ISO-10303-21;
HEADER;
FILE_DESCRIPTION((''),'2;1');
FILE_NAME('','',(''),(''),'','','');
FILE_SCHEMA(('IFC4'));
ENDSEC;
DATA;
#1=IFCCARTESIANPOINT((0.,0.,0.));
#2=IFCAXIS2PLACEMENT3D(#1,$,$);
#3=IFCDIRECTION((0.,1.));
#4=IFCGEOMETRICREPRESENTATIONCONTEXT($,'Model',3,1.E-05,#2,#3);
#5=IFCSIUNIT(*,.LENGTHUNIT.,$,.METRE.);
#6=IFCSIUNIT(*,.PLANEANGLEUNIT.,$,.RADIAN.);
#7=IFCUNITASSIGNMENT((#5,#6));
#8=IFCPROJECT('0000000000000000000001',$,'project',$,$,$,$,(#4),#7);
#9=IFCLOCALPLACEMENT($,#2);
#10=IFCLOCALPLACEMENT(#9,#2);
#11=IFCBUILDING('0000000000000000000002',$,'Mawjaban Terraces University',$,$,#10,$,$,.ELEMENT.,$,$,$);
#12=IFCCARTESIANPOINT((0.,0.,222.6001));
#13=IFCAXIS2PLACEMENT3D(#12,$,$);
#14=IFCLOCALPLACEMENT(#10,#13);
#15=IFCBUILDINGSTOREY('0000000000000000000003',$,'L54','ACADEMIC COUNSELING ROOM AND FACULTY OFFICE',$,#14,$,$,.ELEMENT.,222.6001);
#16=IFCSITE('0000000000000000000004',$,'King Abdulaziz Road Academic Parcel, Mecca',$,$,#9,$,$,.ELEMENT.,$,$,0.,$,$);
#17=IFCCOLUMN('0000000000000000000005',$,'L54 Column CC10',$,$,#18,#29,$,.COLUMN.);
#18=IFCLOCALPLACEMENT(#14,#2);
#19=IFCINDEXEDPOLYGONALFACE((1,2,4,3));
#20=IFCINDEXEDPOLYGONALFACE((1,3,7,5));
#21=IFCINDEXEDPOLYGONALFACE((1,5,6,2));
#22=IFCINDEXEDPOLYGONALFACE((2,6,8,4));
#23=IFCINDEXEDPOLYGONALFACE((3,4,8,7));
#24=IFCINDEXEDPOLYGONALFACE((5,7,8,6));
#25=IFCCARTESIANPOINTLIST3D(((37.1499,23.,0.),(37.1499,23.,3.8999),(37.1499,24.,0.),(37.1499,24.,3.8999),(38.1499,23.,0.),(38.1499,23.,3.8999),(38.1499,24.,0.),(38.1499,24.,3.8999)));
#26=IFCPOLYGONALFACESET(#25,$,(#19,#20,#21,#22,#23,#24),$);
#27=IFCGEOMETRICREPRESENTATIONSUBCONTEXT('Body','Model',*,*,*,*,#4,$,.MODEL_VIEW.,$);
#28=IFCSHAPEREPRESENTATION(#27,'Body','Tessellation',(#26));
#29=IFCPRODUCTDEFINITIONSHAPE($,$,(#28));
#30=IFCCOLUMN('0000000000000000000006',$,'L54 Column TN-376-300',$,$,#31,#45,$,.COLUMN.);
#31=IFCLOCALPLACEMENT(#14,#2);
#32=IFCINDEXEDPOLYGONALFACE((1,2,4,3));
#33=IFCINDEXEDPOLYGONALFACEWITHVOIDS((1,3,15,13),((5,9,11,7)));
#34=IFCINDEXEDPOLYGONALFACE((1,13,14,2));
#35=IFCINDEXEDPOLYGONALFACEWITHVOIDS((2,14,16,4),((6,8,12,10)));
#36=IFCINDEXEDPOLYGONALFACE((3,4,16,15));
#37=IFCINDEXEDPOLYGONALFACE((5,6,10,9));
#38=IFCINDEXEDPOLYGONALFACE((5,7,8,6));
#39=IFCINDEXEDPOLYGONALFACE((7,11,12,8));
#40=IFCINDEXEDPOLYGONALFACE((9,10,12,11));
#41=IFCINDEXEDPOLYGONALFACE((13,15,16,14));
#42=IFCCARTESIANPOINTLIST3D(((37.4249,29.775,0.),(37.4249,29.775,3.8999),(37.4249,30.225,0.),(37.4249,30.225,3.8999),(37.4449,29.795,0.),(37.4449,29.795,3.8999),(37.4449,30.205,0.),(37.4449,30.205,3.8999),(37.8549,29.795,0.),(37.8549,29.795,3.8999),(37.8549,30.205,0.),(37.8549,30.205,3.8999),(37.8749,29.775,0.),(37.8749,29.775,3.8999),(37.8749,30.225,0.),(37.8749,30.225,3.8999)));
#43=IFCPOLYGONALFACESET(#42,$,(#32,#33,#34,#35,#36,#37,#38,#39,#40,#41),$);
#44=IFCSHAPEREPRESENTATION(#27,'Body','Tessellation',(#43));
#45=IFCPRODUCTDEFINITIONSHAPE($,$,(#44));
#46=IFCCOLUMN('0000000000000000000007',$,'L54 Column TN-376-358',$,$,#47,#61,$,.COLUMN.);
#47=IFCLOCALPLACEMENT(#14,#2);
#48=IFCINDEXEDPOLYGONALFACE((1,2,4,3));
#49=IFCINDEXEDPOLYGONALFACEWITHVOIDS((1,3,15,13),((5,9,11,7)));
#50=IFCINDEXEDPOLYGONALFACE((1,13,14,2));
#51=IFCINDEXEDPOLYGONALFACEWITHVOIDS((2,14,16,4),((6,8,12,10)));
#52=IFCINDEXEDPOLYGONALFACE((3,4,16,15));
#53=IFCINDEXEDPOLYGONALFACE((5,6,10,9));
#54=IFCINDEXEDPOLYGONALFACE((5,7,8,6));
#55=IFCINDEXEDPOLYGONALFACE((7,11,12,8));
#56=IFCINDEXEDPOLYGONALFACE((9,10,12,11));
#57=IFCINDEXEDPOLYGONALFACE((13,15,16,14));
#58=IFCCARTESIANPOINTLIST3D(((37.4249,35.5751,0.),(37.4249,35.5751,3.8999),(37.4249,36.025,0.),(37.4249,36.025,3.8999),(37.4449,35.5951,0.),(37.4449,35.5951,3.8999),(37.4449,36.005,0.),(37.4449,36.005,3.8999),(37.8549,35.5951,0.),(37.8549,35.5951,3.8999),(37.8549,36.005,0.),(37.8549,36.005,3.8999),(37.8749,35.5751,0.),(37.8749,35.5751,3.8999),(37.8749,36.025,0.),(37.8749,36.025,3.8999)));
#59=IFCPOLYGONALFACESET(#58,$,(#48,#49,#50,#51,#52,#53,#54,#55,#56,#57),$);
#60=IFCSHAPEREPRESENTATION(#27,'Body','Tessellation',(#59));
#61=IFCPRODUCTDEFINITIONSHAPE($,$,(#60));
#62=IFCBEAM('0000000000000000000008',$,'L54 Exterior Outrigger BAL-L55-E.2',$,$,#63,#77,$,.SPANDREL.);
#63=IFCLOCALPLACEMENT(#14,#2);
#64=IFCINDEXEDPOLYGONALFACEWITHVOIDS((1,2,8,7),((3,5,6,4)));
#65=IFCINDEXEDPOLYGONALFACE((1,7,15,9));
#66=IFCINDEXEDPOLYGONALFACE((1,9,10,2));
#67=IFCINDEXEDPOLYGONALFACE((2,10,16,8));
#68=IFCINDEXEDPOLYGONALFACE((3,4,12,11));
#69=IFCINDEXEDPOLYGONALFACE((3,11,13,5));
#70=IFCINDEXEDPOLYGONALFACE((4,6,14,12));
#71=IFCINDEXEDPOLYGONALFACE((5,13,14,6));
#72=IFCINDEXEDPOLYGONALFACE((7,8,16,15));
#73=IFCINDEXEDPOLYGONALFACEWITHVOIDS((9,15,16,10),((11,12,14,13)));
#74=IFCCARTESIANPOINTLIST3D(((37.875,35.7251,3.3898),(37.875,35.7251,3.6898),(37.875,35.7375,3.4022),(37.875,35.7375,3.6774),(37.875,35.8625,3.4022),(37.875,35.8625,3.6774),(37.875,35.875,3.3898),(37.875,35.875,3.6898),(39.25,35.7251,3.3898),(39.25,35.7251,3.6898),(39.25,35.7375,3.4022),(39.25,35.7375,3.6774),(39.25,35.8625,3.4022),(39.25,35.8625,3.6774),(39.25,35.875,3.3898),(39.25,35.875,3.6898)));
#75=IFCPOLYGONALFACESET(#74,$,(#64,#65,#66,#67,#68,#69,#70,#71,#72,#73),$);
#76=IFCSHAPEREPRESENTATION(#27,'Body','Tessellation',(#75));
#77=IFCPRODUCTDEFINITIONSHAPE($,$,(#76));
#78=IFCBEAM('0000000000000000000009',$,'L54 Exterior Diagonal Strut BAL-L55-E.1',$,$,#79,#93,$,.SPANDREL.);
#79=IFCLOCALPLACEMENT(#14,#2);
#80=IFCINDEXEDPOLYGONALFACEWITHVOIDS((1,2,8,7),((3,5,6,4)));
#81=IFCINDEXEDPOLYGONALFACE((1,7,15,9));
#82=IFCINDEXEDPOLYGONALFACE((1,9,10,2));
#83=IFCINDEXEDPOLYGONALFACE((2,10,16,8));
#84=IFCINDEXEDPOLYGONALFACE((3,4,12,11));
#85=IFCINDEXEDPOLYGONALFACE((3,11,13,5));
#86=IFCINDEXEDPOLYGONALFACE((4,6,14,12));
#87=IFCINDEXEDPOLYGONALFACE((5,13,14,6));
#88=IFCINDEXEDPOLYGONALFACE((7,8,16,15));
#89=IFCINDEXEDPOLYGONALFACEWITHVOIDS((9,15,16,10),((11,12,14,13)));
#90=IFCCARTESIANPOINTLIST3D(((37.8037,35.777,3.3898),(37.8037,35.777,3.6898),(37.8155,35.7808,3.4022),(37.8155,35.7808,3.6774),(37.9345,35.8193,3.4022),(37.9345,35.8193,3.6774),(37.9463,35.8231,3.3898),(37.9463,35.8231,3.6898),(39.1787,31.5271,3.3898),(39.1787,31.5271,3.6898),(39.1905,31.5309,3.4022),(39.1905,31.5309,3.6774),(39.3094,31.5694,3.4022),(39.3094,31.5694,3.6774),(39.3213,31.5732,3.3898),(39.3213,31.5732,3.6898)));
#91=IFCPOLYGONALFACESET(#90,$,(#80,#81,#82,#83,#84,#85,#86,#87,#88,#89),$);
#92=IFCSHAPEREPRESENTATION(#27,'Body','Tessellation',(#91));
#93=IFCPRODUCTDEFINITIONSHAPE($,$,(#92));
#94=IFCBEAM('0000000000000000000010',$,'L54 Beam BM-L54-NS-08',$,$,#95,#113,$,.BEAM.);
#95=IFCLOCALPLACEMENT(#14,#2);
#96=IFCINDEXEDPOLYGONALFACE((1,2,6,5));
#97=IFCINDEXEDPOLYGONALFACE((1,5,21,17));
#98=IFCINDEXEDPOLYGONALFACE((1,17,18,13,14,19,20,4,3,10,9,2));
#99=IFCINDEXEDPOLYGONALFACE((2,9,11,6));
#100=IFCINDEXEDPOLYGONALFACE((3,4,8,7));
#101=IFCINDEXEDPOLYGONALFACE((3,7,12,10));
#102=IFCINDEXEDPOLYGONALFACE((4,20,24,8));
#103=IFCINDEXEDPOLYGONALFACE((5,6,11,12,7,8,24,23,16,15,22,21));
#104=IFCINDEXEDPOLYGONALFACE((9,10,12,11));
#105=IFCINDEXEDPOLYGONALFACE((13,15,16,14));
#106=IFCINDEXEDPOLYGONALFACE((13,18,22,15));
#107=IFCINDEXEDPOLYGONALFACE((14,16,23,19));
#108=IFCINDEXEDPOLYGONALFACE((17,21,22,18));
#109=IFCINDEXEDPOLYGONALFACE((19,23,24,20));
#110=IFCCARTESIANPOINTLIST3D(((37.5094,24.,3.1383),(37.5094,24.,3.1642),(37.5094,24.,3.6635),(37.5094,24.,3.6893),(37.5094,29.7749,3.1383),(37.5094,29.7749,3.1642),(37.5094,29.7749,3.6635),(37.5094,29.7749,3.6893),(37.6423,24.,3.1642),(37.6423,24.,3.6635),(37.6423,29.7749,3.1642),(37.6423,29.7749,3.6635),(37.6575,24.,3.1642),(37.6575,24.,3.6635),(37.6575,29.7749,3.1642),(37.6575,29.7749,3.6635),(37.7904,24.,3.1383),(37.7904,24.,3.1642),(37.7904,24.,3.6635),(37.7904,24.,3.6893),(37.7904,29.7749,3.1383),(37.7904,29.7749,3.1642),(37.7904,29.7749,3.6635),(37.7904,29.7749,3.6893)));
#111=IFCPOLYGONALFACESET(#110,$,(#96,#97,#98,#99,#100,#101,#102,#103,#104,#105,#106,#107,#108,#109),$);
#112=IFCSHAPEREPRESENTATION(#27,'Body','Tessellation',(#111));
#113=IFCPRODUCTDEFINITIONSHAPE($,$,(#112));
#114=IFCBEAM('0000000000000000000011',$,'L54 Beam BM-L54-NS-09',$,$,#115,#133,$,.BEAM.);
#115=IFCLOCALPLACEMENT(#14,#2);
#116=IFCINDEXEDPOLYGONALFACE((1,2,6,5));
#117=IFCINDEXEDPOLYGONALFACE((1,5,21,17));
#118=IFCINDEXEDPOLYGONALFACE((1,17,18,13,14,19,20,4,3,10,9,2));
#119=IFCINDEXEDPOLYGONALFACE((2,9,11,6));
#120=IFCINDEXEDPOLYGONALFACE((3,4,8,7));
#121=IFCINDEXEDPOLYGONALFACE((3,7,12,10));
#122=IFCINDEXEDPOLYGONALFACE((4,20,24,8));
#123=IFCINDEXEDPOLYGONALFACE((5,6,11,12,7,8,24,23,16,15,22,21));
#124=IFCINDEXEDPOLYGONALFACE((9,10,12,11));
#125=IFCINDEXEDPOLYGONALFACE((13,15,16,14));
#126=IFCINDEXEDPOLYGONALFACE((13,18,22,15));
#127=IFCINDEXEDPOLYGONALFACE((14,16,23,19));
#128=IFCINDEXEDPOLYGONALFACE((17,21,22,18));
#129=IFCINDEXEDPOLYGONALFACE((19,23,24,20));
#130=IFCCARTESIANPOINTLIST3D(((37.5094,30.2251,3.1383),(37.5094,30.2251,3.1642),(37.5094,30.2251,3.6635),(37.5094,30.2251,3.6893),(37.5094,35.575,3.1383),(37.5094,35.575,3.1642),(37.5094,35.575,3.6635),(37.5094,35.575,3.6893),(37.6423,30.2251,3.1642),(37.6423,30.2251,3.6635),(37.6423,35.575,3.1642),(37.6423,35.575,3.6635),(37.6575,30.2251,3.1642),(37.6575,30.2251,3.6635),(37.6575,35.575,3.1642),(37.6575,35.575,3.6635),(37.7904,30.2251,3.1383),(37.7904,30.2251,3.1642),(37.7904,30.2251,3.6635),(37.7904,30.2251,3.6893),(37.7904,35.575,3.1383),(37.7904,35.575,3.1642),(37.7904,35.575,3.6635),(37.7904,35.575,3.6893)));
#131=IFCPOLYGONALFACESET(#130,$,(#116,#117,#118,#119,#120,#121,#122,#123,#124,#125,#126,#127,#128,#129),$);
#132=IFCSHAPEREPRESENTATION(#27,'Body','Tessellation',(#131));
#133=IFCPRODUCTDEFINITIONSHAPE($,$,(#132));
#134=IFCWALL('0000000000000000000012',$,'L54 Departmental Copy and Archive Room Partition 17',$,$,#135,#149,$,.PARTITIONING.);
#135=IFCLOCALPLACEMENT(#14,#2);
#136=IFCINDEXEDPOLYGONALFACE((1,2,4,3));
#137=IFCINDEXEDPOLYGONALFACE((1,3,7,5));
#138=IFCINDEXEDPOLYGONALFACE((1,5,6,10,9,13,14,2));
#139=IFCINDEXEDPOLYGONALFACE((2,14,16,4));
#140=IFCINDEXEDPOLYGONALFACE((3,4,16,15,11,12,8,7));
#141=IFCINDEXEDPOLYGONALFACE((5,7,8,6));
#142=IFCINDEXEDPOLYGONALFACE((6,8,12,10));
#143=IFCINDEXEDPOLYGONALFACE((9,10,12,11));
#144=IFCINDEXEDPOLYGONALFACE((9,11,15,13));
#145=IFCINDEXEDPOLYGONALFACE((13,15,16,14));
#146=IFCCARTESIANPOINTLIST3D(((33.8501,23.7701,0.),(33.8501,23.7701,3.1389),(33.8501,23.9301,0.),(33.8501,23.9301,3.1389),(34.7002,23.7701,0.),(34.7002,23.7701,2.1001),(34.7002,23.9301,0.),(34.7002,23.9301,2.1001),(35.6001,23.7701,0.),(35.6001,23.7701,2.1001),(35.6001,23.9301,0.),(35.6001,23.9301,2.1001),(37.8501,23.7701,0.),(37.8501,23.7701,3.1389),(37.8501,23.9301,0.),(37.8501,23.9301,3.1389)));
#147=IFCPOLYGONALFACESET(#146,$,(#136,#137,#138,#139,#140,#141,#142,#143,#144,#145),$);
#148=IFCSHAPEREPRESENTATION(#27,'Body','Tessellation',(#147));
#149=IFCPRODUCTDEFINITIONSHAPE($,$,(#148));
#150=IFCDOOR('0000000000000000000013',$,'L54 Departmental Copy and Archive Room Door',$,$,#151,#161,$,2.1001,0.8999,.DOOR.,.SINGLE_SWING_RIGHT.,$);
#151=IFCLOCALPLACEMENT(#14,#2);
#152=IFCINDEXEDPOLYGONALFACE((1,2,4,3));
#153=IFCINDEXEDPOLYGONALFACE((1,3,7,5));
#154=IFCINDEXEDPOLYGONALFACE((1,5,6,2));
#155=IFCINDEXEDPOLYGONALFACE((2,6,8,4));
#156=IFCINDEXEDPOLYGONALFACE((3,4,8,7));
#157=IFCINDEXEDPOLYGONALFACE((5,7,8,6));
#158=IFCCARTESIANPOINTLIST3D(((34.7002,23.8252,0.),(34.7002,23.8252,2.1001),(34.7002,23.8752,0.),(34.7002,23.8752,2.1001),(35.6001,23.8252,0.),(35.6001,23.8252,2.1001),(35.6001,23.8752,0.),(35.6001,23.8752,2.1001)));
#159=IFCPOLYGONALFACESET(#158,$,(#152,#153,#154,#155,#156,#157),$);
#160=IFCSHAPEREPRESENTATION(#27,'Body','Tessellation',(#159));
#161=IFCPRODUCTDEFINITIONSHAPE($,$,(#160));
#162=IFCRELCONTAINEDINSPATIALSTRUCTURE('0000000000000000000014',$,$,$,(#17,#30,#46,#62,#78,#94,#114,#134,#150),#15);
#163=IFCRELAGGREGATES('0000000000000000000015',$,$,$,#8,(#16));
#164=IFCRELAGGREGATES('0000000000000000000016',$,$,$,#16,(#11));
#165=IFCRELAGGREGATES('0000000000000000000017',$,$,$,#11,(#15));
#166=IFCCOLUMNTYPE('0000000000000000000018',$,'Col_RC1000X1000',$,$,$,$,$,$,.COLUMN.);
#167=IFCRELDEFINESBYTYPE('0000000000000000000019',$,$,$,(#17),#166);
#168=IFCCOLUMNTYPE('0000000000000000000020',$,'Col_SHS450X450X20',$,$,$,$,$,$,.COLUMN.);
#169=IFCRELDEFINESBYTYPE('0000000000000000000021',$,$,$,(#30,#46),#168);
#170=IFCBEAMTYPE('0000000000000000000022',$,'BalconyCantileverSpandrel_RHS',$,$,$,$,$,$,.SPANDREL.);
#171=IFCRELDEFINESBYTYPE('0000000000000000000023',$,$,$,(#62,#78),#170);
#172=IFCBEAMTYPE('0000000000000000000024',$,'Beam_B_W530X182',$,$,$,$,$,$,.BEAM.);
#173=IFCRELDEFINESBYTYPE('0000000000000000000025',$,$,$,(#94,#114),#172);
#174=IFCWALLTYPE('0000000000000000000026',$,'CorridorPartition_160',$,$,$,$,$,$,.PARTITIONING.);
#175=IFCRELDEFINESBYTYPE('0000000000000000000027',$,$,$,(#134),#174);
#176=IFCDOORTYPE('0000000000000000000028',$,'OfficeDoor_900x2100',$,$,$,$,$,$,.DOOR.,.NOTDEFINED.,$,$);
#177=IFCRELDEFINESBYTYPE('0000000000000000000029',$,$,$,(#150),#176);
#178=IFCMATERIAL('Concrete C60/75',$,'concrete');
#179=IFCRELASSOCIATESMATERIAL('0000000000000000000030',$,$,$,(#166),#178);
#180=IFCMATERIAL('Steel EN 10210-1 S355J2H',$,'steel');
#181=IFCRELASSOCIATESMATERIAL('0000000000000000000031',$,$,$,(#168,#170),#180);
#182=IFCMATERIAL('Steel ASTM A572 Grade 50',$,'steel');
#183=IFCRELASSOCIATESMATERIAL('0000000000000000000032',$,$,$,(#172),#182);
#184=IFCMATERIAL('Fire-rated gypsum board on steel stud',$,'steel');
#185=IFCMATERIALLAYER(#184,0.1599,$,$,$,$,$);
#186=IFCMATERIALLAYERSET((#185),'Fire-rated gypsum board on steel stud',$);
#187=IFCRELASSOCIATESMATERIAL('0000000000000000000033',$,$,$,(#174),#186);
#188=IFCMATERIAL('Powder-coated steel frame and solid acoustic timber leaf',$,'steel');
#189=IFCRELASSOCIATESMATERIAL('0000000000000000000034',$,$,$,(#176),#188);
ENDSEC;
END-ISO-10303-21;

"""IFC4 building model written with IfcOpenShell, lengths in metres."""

from ifc_helpers import new_model, si_unit, direction, frame, frame_2d, origin, origin_2d, place, context, subcontext, project, spatial, rectangle, hollow_rectangle, i_section, extrude, material, layer, layer_set, material_profile, profile_set, type_object, element, fill, save


model = new_model("IFC4")

# Units and contexts
model_context = context("Model", 3, precision=1e-05, world=origin(), true_north=direction((0.0, 1.0)))
body_context = subcontext(model_context, "Body", "Model", "MODEL_VIEW")
ifc_project = project(units=[si_unit("LENGTHUNIT", "METRE"), si_unit("PLANEANGLEUNIT", "RADIAN")], contexts=[model_context])

# Site, building, storey
site_placement = place(None, origin())
site = spatial("IfcSite", under=ifc_project, at=site_placement, Name="King Abdulaziz Road Academic Parcel, Mecca", CompositionType="ELEMENT", RefElevation=0.0)
building_placement = place(site_placement, origin())
building = spatial("IfcBuilding", under=site, at=building_placement, Name="Mawjaban Terraces University", CompositionType="ELEMENT")
storey_placement = place(building_placement, frame((0.0, 0.0, 222.6001)))
storey = spatial("IfcBuildingStorey", under=building, at=storey_placement, Name="L54", Description="ACADEMIC COUNSELING ROOM AND FACULTY OFFICE", CompositionType="ELEMENT", Elevation=222.6001)

# Columns
ifc_material_1 = material(Name="Concrete C60/75", Category="concrete")
ifc_material_profile_1 = material_profile(ifc_material_1, rectangle(XDim=1.0, YDim=1.0, at=origin_2d()), Name="RC1000X1000")
ifc_profile_set_1 = profile_set([ifc_material_profile_1], Name="Concrete C60/75")
column_type_1 = type_object("IfcColumnType", Name="Col_RC1000X1000", PredefinedType="COLUMN", material=ifc_profile_set_1)
column_placement = place(storey_placement, frame((37.6499, 23.5, 0.0), z_axis=(0.0, 0.0, 1.0), x_axis=(1.0, 0.0, 0.0)))
element("IfcColumn", 1, at=column_placement, inside=storey, type_object=column_type_1, Name="L54 Column CC10", PredefinedType="COLUMN", context=body_context, shape_type="SweptSolid", body=[
    extrude(rectangle(XDim=1.0, YDim=1.0, at=origin_2d()), origin(), (0.0, 0.0, 1.0), 3.8999),
])
ifc_material_2 = material(Name="Steel EN 10210-1 S355J2H", Category="steel")
ifc_material_profile_2 = material_profile(ifc_material_2, hollow_rectangle(XDim=0.45, YDim=0.45, WallThickness=0.02, at=origin_2d()), Name="SHS450X450X20")
ifc_profile_set_2 = profile_set([ifc_material_profile_2], Name="Steel EN 10210-1 S355J2H")
column_type_2 = type_object("IfcColumnType", Name="Col_SHS450X450X20", PredefinedType="COLUMN", material=ifc_profile_set_2)
for number, where, z_axis, x_axis, name in (
    (2, (37.6499, 30.0, 0.0), (0.0, 0.0, 1.0), (1.0, 0.0, 0.0), "L54 Column TN-376-300"),
    (3, (37.6499, 35.8, 0.0), (0.0, 0.0, 1.0), (1.0, 0.0, 0.0), "L54 Column TN-376-358"),
):
    element("IfcColumn", number, at=place(storey_placement, frame(where, z_axis=z_axis, x_axis=x_axis)), inside=storey, type_object=column_type_2, Name=name, PredefinedType="COLUMN", context=body_context, shape_type="SweptSolid", body=[
        extrude(hollow_rectangle(XDim=0.45, YDim=0.45, WallThickness=0.02, at=origin_2d()), origin(), (0.0, 0.0, 1.0), 3.8999),
    ])

# Beams
ifc_material_profile_3 = material_profile(ifc_material_2, hollow_rectangle(XDim=0.1499, YDim=0.3, WallThickness=0.0125, at=origin_2d()), Name="RHS300X150X12.5")
ifc_profile_set_3 = profile_set([ifc_material_profile_3], Name="Steel EN 10210-1 S355J2H")
beam_type_1 = type_object("IfcBeamType", Name="BalconyCantileverSpandrel_RHS", PredefinedType="SPANDREL", material=ifc_profile_set_3)
beam_1_placement = place(storey_placement, frame((37.875, 35.8, 3.5398), z_axis=(1.0, 0.0, 0.0), x_axis=(0.0, 1.0, 0.0)))
element("IfcBeam", 4, at=beam_1_placement, inside=storey, type_object=beam_type_1, Name="L54 Exterior Outrigger BAL-L55-E.2", PredefinedType="SPANDREL", context=body_context, shape_type="SweptSolid", body=[
    extrude(hollow_rectangle(XDim=0.1499, YDim=0.3, WallThickness=0.0125, at=origin_2d()), origin(), (0.0, 0.0, 1.0), 1.375),
])
beam_2_placement = place(storey_placement, frame((37.875, 35.8, 3.5398), z_axis=(0.30782, -0.951445, 0.0), x_axis=(0.951445, 0.30782, 0.0)))
element("IfcBeam", 5, at=beam_2_placement, inside=storey, type_object=beam_type_1, Name="L54 Exterior Diagonal Strut BAL-L55-E.1", PredefinedType="SPANDREL", context=body_context, shape_type="SweptSolid", body=[
    extrude(hollow_rectangle(XDim=0.1499, YDim=0.3, WallThickness=0.0125, at=origin_2d()), origin(), (0.0, 0.0, 1.0), 4.4668),
])
ifc_material_3 = material(Name="Steel ASTM A572 Grade 50", Category="steel")
ifc_material_profile_4 = material_profile(ifc_material_3, i_section(OverallWidth=0.281, OverallDepth=0.551, WebThickness=0.0151, FlangeThickness=0.0259, at=origin_2d()), Name="W530X182")
ifc_profile_set_4 = profile_set([ifc_material_profile_4], Name="Steel ASTM A572 Grade 50")
beam_type_2 = type_object("IfcBeamType", Name="Beam_B_W530X182", PredefinedType="BEAM", material=ifc_profile_set_4)
beam_3_placement = place(storey_placement, frame((37.6499, 24.0, 3.4138), z_axis=(0.0, 1.0, 0.0), x_axis=(-1.0, 0.0, 0.0)))
element("IfcBeam", 6, at=beam_3_placement, inside=storey, type_object=beam_type_2, Name="L54 Beam BM-L54-NS-08", PredefinedType="BEAM", context=body_context, shape_type="SweptSolid", body=[
    extrude(i_section(OverallWidth=0.281, OverallDepth=0.551, WebThickness=0.0151, FlangeThickness=0.0259, at=origin_2d()), origin(), (0.0, 0.0, 1.0), 5.7749),
])
beam_4_placement = place(storey_placement, frame((37.6499, 30.2251, 3.4138), z_axis=(0.0, 1.0, 0.0), x_axis=(-1.0, 0.0, 0.0)))
element("IfcBeam", 7, at=beam_4_placement, inside=storey, type_object=beam_type_2, Name="L54 Beam BM-L54-NS-09", PredefinedType="BEAM", context=body_context, shape_type="SweptSolid", body=[
    extrude(i_section(OverallWidth=0.281, OverallDepth=0.551, WebThickness=0.0151, FlangeThickness=0.0259, at=origin_2d()), origin(), (0.0, 0.0, 1.0), 5.3499),
])

# Wall, opening, door
ifc_material_4 = material(Name="Fire-rated gypsum board on steel stud", Category="steel")
ifc_layer_1 = layer(ifc_material_4, 0.1599)
ifc_layer_set_1 = layer_set([ifc_layer_1], Name="Fire-rated gypsum board on steel stud")
wall_type_1 = type_object("IfcWallType", Name="CorridorPartition_160", PredefinedType="PARTITIONING", material=ifc_layer_set_1)
wall_1_placement = place(storey_placement, frame((37.8501, 23.8501, 0.0), z_axis=(0.0, 0.0, 1.0), x_axis=(-1.0, 0.0, 0.0)))
wall_1 = element("IfcWall", 8, at=wall_1_placement, inside=storey, type_object=wall_type_1, Name="L54 Departmental Copy and Archive Room Partition 17", PredefinedType="PARTITIONING", context=body_context, shape_type="SweptSolid", body=[
    extrude(rectangle(XDim=4.0, YDim=0.1599, at=frame_2d((2.0, 0.0))), origin(), (0.0, 0.0, 1.0), 3.1389),
])
opening_1_placement = place(wall_1_placement, frame((2.25, 0.0, 0.0)))
opening_1 = element("IfcOpeningElement", 9, at=opening_1_placement, cuts=wall_1, PredefinedType="OPENING", context=body_context, shape_type="SweptSolid", body=[
    extrude(rectangle(XDim=0.8999, YDim=2.1001, at=frame_2d((0.45, 1.05))), frame((0.0, 0.0898, 0.0), z_axis=(0.0, -1.0, 0.0), x_axis=(1.0, 0.0, 0.0)), (0.0, 0.0, 1.0), 0.1799),
])
ifc_material_5 = material(Name="Powder-coated steel frame and solid acoustic timber leaf", Category="steel")
door_type_1 = type_object("IfcDoorType", Name="OfficeDoor_900x2100", OperationType="NOTDEFINED", PredefinedType="DOOR", material=ifc_material_5)
door_1_placement = place(opening_1_placement, origin())
door_1 = element("IfcDoor", 10, at=door_1_placement, inside=storey, type_object=door_type_1, Name="L54 Departmental Copy and Archive Room Door", OperationType="SINGLE_SWING_RIGHT", OverallHeight=2.1001, OverallWidth=0.8999, PredefinedType="DOOR", context=body_context, shape_type="SweptSolid", body=[
    extrude(rectangle(XDim=0.8999, YDim=2.1001, at=frame_2d((0.45, 1.05))), frame((0.0, 0.0249, 0.0), z_axis=(0.0, -1.0, 0.0), x_axis=(1.0, 0.0, 0.0)), (0.0, 0.0, 1.0), 0.05),
])
fill(opening_1, door_1)

save(model, "model.ifc")
